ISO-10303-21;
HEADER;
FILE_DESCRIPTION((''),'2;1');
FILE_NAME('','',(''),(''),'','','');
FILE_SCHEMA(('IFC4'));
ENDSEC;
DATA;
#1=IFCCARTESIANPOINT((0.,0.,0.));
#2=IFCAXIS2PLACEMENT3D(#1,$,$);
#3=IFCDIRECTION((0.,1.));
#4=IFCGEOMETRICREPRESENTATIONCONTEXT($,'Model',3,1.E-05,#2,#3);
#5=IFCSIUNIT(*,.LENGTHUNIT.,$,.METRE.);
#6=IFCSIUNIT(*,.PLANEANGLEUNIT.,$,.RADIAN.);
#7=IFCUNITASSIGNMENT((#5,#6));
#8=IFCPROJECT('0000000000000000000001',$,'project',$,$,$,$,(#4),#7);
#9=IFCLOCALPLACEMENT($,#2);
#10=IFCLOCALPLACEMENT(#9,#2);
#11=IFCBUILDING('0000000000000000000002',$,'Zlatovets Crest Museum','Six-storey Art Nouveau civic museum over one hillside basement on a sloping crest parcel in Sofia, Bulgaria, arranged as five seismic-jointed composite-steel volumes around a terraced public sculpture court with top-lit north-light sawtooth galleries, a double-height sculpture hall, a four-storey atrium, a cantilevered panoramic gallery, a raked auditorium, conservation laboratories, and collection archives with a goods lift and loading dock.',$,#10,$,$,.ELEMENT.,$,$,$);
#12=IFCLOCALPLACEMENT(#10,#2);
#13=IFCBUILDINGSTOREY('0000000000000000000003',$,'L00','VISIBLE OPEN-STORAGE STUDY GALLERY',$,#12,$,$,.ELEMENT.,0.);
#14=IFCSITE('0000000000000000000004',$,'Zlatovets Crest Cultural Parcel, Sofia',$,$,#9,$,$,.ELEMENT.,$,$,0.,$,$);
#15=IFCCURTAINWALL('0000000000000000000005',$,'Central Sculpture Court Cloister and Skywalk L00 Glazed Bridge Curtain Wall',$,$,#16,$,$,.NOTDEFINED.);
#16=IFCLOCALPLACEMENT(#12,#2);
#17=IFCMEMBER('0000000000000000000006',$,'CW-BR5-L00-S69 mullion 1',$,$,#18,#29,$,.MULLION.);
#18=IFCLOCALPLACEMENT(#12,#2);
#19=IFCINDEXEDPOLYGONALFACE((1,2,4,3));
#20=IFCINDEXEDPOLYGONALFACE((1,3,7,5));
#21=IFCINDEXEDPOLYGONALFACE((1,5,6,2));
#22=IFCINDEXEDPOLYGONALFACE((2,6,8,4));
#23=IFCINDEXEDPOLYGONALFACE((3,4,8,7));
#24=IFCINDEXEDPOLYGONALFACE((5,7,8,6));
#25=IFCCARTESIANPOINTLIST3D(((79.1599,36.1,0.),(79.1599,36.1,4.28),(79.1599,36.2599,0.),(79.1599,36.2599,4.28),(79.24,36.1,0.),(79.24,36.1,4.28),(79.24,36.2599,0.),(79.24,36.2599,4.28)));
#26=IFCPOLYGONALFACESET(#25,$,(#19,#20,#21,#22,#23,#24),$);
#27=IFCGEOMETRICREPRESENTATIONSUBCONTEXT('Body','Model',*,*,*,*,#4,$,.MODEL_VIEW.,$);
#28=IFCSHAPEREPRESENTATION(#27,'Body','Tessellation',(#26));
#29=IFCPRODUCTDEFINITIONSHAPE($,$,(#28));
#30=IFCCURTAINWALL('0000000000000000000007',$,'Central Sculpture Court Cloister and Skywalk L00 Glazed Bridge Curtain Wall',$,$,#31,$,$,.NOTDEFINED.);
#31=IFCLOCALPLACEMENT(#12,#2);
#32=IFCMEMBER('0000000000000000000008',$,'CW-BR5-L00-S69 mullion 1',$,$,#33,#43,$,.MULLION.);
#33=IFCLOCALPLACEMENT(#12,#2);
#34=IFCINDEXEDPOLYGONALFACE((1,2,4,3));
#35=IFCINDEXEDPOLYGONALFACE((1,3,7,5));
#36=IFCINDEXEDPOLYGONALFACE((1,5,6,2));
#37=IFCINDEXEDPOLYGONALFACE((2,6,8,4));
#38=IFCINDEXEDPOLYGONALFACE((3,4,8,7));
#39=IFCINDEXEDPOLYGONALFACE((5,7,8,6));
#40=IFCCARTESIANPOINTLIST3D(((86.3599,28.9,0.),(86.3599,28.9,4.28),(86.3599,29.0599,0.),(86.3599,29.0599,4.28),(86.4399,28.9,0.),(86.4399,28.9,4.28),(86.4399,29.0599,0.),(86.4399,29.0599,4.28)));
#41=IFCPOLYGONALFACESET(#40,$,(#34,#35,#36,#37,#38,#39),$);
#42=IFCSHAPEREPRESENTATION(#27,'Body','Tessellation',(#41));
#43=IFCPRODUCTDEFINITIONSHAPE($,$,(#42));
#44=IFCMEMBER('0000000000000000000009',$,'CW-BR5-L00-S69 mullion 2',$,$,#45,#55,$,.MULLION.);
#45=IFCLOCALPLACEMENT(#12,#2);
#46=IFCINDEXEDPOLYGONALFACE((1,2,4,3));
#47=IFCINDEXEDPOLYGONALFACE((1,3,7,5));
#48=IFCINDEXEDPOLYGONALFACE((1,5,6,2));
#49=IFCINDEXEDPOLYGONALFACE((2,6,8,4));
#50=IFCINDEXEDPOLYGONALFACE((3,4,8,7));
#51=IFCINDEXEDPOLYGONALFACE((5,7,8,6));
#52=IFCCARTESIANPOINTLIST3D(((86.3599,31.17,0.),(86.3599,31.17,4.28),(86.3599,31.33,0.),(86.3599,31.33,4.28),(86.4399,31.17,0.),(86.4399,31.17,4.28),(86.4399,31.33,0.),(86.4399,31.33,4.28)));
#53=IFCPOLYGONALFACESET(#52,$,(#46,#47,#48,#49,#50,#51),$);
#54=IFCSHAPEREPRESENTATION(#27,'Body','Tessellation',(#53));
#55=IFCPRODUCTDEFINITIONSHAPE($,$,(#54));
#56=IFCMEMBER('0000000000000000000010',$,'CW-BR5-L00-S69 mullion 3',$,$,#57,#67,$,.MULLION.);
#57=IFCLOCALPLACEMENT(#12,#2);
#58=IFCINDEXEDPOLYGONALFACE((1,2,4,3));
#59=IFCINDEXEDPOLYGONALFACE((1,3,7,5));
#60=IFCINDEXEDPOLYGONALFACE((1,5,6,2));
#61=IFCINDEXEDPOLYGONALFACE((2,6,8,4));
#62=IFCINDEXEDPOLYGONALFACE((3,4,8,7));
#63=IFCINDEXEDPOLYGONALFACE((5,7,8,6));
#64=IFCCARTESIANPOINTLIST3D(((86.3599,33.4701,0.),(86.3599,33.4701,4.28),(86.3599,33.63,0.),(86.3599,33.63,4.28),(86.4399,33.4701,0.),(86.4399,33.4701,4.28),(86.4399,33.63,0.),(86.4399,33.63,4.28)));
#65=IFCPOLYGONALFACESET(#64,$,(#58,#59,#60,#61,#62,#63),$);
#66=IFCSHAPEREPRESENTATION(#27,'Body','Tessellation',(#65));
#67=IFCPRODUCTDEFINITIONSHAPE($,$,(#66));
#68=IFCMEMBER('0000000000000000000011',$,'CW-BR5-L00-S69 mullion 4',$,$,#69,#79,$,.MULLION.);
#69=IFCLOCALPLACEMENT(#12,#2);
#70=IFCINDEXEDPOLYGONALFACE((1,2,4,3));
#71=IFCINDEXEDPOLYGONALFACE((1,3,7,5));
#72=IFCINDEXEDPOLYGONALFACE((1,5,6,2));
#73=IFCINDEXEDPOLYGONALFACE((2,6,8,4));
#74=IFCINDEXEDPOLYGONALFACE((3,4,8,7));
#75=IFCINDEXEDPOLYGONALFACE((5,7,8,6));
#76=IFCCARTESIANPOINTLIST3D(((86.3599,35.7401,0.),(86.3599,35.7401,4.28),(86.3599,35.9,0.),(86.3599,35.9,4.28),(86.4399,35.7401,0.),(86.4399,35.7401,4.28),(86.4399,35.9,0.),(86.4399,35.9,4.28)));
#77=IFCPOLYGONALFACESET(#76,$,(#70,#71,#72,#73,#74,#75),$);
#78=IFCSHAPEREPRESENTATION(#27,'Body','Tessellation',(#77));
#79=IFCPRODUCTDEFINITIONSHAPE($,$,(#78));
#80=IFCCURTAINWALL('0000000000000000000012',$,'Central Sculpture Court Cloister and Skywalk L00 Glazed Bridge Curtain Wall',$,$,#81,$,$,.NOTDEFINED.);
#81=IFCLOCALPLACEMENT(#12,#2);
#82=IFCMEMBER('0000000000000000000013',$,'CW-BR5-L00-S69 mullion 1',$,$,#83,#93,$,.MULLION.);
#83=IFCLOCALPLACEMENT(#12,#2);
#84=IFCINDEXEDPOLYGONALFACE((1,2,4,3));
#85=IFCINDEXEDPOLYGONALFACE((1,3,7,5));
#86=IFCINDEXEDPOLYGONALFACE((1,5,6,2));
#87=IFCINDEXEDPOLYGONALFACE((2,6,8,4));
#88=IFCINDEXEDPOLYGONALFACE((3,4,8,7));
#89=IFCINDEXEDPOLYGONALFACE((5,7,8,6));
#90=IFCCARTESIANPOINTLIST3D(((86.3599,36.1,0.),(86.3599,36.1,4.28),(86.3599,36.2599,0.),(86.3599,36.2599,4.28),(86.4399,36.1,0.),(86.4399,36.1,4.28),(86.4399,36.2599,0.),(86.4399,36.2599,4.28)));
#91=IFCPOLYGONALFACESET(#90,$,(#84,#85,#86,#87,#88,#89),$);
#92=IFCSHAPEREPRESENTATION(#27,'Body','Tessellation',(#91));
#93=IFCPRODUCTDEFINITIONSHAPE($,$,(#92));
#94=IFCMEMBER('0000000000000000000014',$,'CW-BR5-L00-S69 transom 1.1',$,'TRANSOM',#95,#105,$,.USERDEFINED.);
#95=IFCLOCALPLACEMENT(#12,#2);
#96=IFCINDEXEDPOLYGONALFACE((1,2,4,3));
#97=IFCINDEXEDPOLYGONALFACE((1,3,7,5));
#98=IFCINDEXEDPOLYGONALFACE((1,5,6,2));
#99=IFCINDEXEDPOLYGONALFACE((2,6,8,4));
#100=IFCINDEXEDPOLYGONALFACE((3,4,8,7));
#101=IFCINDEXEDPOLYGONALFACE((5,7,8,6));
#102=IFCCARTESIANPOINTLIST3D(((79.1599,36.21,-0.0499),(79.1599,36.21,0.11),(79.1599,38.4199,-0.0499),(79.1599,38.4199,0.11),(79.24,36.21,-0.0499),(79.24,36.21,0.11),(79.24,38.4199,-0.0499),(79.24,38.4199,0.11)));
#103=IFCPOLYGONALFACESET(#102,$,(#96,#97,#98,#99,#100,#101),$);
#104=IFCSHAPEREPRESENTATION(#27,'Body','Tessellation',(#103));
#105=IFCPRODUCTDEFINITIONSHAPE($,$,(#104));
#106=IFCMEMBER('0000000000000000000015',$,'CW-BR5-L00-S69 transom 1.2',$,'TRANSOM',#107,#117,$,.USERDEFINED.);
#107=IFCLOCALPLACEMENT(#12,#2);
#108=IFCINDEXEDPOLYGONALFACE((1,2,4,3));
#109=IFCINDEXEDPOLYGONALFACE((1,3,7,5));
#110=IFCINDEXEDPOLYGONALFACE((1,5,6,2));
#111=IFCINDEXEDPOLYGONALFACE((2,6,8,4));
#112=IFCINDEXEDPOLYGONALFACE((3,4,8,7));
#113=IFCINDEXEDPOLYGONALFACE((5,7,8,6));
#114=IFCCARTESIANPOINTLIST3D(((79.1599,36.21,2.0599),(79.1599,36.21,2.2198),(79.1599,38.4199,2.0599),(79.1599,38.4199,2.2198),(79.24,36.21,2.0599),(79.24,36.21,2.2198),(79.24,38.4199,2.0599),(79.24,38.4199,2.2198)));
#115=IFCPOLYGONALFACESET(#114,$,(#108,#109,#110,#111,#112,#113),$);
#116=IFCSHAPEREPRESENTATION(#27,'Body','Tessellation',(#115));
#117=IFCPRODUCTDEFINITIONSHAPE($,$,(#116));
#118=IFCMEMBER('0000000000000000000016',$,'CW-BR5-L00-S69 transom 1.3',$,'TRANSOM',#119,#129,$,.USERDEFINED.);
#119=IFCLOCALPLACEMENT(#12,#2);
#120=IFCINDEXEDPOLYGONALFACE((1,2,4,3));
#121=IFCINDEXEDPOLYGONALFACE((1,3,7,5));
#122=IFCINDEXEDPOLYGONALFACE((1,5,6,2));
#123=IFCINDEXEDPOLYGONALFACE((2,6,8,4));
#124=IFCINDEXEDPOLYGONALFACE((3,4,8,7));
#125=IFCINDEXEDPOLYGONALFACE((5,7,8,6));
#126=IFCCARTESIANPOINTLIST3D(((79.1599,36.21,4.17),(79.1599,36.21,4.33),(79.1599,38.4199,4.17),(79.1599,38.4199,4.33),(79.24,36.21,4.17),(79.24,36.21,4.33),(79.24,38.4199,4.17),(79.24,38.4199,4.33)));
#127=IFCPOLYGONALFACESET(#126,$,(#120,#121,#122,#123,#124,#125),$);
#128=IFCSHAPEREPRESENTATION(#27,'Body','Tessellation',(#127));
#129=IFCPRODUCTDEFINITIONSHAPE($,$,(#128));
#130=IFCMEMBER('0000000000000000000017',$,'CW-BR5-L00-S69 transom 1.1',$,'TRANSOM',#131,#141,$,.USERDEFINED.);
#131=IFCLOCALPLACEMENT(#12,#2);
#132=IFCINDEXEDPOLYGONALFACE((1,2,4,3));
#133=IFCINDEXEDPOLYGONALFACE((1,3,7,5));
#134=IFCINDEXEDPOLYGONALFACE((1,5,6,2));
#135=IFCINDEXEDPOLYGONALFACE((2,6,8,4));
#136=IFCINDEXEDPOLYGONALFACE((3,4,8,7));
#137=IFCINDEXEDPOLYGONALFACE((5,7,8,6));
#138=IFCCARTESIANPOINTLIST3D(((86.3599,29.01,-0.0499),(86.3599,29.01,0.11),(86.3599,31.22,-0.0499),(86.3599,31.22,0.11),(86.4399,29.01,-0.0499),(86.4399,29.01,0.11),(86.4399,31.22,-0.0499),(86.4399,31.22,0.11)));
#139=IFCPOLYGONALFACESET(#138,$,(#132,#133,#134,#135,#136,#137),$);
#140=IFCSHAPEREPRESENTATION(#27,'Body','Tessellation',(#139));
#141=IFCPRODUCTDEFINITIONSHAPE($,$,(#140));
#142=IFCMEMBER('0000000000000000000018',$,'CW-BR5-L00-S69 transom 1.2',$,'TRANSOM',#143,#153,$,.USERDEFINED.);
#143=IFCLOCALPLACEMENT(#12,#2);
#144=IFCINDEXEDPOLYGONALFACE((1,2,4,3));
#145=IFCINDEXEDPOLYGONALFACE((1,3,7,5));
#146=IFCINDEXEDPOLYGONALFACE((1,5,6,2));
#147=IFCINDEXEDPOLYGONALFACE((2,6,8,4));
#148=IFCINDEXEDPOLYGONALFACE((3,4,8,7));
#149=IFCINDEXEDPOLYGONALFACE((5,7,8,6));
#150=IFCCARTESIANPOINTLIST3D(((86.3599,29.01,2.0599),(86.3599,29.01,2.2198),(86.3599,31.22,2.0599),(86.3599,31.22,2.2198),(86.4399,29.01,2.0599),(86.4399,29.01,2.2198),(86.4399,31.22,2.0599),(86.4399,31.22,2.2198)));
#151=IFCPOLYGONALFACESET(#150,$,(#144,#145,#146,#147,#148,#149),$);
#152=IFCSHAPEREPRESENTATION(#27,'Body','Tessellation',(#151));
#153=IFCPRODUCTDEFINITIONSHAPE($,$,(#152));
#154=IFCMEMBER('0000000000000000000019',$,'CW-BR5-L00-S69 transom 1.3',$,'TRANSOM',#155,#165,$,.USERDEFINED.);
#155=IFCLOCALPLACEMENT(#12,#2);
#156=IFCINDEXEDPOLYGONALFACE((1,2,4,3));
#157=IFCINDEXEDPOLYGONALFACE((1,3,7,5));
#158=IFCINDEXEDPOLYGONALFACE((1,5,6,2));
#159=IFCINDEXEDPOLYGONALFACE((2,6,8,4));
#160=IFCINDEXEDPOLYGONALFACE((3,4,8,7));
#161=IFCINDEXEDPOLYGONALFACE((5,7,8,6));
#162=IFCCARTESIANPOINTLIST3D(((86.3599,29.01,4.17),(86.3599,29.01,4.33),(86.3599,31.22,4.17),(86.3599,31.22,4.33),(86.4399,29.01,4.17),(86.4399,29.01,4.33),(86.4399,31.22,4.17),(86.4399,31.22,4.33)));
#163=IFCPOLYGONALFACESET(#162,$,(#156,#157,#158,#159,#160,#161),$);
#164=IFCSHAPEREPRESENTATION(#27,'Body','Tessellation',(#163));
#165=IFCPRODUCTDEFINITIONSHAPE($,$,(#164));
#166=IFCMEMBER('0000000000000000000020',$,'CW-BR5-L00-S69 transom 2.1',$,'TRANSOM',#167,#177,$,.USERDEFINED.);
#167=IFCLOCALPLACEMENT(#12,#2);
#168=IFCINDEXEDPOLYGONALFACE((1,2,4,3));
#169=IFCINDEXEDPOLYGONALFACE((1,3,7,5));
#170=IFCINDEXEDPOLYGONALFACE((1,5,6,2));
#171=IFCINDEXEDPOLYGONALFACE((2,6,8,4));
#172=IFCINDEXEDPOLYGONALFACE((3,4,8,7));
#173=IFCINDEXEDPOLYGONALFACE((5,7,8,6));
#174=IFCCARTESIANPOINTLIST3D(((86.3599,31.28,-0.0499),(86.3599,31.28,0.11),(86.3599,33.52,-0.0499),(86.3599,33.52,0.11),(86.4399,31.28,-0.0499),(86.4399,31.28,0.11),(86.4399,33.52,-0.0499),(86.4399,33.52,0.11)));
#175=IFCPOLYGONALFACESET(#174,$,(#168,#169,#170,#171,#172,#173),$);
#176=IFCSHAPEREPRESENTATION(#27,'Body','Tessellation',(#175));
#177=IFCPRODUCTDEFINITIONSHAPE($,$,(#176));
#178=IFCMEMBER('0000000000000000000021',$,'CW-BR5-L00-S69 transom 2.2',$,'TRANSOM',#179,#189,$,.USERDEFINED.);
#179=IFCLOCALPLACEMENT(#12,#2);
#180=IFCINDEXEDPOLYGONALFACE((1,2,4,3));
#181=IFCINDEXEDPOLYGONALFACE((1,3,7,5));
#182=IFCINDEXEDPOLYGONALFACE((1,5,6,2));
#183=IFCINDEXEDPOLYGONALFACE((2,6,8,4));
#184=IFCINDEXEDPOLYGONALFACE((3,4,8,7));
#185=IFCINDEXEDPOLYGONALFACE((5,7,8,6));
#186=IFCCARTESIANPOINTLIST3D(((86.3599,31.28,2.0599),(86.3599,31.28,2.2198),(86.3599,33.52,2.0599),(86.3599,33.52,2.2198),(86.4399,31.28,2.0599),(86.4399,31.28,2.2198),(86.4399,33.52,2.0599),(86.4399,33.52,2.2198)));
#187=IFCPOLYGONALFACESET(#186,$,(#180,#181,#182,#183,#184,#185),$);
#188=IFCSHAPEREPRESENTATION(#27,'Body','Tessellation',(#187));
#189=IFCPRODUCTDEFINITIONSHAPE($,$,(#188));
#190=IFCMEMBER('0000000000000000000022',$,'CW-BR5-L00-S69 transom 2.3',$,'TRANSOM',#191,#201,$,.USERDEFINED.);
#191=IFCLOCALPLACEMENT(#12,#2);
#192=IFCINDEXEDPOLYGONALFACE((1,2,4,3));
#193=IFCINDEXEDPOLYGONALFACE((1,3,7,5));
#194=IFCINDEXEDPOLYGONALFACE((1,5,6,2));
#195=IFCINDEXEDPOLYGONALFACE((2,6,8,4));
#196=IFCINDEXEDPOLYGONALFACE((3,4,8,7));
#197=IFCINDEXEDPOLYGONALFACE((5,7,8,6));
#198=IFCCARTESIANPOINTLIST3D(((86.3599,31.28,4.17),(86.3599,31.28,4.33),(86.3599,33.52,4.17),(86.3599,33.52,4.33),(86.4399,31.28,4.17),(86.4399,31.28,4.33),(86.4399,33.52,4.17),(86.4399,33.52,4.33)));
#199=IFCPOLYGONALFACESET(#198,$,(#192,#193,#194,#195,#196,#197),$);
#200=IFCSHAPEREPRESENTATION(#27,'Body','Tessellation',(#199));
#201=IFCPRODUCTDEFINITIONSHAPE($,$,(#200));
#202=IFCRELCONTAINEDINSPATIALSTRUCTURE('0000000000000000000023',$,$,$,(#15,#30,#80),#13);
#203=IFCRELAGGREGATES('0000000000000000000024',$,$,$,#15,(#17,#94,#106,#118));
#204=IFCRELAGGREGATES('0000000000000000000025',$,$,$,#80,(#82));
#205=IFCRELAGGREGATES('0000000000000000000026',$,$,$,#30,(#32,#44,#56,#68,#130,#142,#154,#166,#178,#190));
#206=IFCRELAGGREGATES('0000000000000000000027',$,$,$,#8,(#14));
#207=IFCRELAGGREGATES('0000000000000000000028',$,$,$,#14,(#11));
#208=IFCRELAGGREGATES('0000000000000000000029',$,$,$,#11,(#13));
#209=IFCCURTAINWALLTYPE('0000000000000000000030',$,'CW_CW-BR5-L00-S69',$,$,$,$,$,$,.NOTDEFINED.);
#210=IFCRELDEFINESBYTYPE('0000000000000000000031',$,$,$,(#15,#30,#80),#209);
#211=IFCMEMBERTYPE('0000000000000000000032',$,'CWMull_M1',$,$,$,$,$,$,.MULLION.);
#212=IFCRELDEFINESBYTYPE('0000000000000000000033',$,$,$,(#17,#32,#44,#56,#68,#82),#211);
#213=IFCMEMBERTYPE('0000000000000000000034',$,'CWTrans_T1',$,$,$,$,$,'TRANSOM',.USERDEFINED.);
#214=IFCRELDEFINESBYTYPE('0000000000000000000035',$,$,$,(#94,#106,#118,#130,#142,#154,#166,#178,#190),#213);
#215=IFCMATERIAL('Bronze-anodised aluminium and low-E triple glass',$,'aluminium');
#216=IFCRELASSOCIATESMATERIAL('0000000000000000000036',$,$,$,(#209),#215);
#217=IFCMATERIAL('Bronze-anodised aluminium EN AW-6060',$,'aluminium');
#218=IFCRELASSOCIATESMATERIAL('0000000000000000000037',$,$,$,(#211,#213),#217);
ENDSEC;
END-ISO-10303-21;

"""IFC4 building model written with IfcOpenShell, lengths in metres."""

from ifc_helpers import new_model, si_unit, direction, frame, origin, origin_2d, place, context, subcontext, project, spatial, rectangle, extrude, material, material_profile, profile_set, type_object, element, aggregate, save


model = new_model("IFC4")

# Units and contexts
model_context = context("Model", 3, precision=1e-05, world=origin(), true_north=direction((0.0, 1.0)))
body_context = subcontext(model_context, "Body", "Model", "MODEL_VIEW")
ifc_project = project(units=[si_unit("LENGTHUNIT", "METRE"), si_unit("PLANEANGLEUNIT", "RADIAN")], contexts=[model_context])

# Site, building, storey
site_placement = place(None, origin())
site = spatial("IfcSite", under=ifc_project, at=site_placement, Name="Zlatovets Crest Cultural Parcel, Sofia", CompositionType="ELEMENT", RefElevation=0.0)
building_placement = place(site_placement, origin())
building = spatial("IfcBuilding", under=site, at=building_placement, Name="Zlatovets Crest Museum", Description="Six-storey Art Nouveau civic museum over one hillside basement on a sloping crest parcel in Sofia, Bulgaria, arranged as five seismic-jointed composite-steel volumes around a terraced public sculpture court with top-lit north-light sawtooth galleries, a double-height sculpture hall, a four-storey atrium, a cantilevered panoramic gallery, a raked auditorium, conservation laboratories, and collection archives with a goods lift and loading dock.", CompositionType="ELEMENT")
storey_placement = place(building_placement, origin())
storey = spatial("IfcBuildingStorey", under=building, at=storey_placement, Name="L00", Description="VISIBLE OPEN-STORAGE STUDY GALLERY", CompositionType="ELEMENT", Elevation=0.0)

# Curtain wall, member
ifc_material_1 = material(Name="Bronze-anodised aluminium and low-E triple glass", Category="aluminium")
curtain_wall_type = type_object("IfcCurtainWallType", Name="CW_CW-BR5-L00-S69", PredefinedType="NOTDEFINED", material=ifc_material_1)
curtain_wall_1_placement = place(storey_placement, origin())
curtain_wall_1 = element("IfcCurtainWall", 1, at=curtain_wall_1_placement, inside=storey, type_object=curtain_wall_type, Name="Central Sculpture Court Cloister and Skywalk L00 Glazed Bridge Curtain Wall", PredefinedType="NOTDEFINED")
ifc_material_2 = material(Name="Bronze-anodised aluminium EN AW-6060", Category="aluminium")
ifc_material_profile_1 = material_profile(ifc_material_2, rectangle(XDim=0.0801, YDim=0.1599, at=origin_2d()), Name="ALU 80x160")
ifc_profile_set_1 = profile_set([ifc_material_profile_1], Name="Bronze-anodised aluminium EN AW-6060")
member_type_1 = type_object("IfcMemberType", Name="CWMull_M1", PredefinedType="MULLION", material=ifc_profile_set_1)
member_1_placement = place(storey_placement, frame((79.2, 36.1799, 0.0), z_axis=(0.0, 0.0, 1.0), x_axis=(-1.0, 0.0, 0.0)))
member_1 = element("IfcMember", 2, at=member_1_placement, type_object=member_type_1, Name="CW-BR5-L00-S69 mullion 1", PredefinedType="MULLION", context=body_context, shape_type="SweptSolid", body=[
    extrude(rectangle(XDim=0.0801, YDim=0.1599, at=origin_2d()), origin(), (0.0, 0.0, 1.0), 4.28),
])

# Curtain wall, members
curtain_wall_2_placement = place(storey_placement, origin())
curtain_wall_2 = element("IfcCurtainWall", 3, at=curtain_wall_2_placement, inside=storey, type_object=curtain_wall_type, Name="Central Sculpture Court Cloister and Skywalk L00 Glazed Bridge Curtain Wall", PredefinedType="NOTDEFINED")
member_2_placement = place(storey_placement, frame((86.3999, 28.98, 0.0), z_axis=(0.0, 0.0, 1.0), x_axis=(-1.0, 0.0, 0.0)))
member_2 = element("IfcMember", 4, at=member_2_placement, type_object=member_type_1, Name="CW-BR5-L00-S69 mullion 1", PredefinedType="MULLION", context=body_context, shape_type="SweptSolid", body=[
    extrude(rectangle(XDim=0.0801, YDim=0.1599, at=origin_2d()), origin(), (0.0, 0.0, 1.0), 4.28),
])
member_3_placement = place(storey_placement, frame((86.3999, 31.25, 0.0), z_axis=(0.0, 0.0, 1.0), x_axis=(-1.0, 0.0, 0.0)))
member_3 = element("IfcMember", 5, at=member_3_placement, type_object=member_type_1, Name="CW-BR5-L00-S69 mullion 2", PredefinedType="MULLION", context=body_context, shape_type="SweptSolid", body=[
    extrude(rectangle(XDim=0.0801, YDim=0.1599, at=origin_2d()), origin(), (0.0, 0.0, 1.0), 4.28),
])
member_4_placement = place(storey_placement, frame((86.3999, 33.55, 0.0), z_axis=(0.0, 0.0, 1.0), x_axis=(-1.0, 0.0, 0.0)))
member_4 = element("IfcMember", 6, at=member_4_placement, type_object=member_type_1, Name="CW-BR5-L00-S69 mullion 3", PredefinedType="MULLION", context=body_context, shape_type="SweptSolid", body=[
    extrude(rectangle(XDim=0.0801, YDim=0.1599, at=origin_2d()), origin(), (0.0, 0.0, 1.0), 4.28),
])
member_5_placement = place(storey_placement, frame((86.3999, 35.8201, 0.0), z_axis=(0.0, 0.0, 1.0), x_axis=(-1.0, 0.0, 0.0)))
member_5 = element("IfcMember", 7, at=member_5_placement, type_object=member_type_1, Name="CW-BR5-L00-S69 mullion 4", PredefinedType="MULLION", context=body_context, shape_type="SweptSolid", body=[
    extrude(rectangle(XDim=0.0801, YDim=0.1599, at=origin_2d()), origin(), (0.0, 0.0, 1.0), 4.28),
])

# Curtain wall, member
curtain_wall_3_placement = place(storey_placement, origin())
curtain_wall_3 = element("IfcCurtainWall", 8, at=curtain_wall_3_placement, inside=storey, type_object=curtain_wall_type, Name="Central Sculpture Court Cloister and Skywalk L00 Glazed Bridge Curtain Wall", PredefinedType="NOTDEFINED")
member_6_placement = place(storey_placement, frame((86.3999, 36.1799, 0.0), z_axis=(0.0, 0.0, 1.0), x_axis=(-1.0, 0.0, 0.0)))
member_6 = element("IfcMember", 9, at=member_6_placement, type_object=member_type_1, Name="CW-BR5-L00-S69 mullion 1", PredefinedType="MULLION", context=body_context, shape_type="SweptSolid", body=[
    extrude(rectangle(XDim=0.0801, YDim=0.1599, at=origin_2d()), origin(), (0.0, 0.0, 1.0), 4.28),
])

# Members
ifc_material_profile_2 = material_profile(ifc_material_2, rectangle(XDim=0.0801, YDim=0.1599, at=origin_2d()), Name="ALU 80x160")
ifc_profile_set_2 = profile_set([ifc_material_profile_2], Name="Bronze-anodised aluminium EN AW-6060")
member_type_2 = type_object("IfcMemberType", Name="CWTrans_T1", ElementType="TRANSOM", PredefinedType="USERDEFINED", material=ifc_profile_set_2)
member_7_placement = place(storey_placement, frame((79.2, 36.21, 0.03), z_axis=(0.0, 1.0, 0.0), x_axis=(-1.0, 0.0, 0.0)))
member_7 = element("IfcMember", 10, at=member_7_placement, type_object=member_type_2, Name="CW-BR5-L00-S69 transom 1.1", ObjectType="TRANSOM", PredefinedType="USERDEFINED", context=body_context, shape_type="SweptSolid", body=[
    extrude(rectangle(XDim=0.0801, YDim=0.1599, at=origin_2d()), origin(), (0.0, 0.0, 1.0), 2.21),
])
member_8_placement = place(storey_placement, frame((79.2, 36.21, 2.1399), z_axis=(0.0, 1.0, 0.0), x_axis=(-1.0, 0.0, 0.0)))
member_8 = element("IfcMember", 11, at=member_8_placement, type_object=member_type_2, Name="CW-BR5-L00-S69 transom 1.2", ObjectType="TRANSOM", PredefinedType="USERDEFINED", context=body_context, shape_type="SweptSolid", body=[
    extrude(rectangle(XDim=0.0801, YDim=0.1599, at=origin_2d()), origin(), (0.0, 0.0, 1.0), 2.21),
])
member_9_placement = place(storey_placement, frame((79.2, 36.21, 4.25), z_axis=(0.0, 1.0, 0.0), x_axis=(-1.0, 0.0, 0.0)))
member_9 = element("IfcMember", 12, at=member_9_placement, type_object=member_type_2, Name="CW-BR5-L00-S69 transom 1.3", ObjectType="TRANSOM", PredefinedType="USERDEFINED", context=body_context, shape_type="SweptSolid", body=[
    extrude(rectangle(XDim=0.0801, YDim=0.1599, at=origin_2d()), origin(), (0.0, 0.0, 1.0), 2.21),
])
aggregate(curtain_wall_1, [member_1, member_7, member_8, member_9])
member_10_placement = place(storey_placement, frame((86.3999, 29.01, 0.03), z_axis=(0.0, 1.0, 0.0), x_axis=(-1.0, 0.0, 0.0)))
member_10 = element("IfcMember", 13, at=member_10_placement, type_object=member_type_2, Name="CW-BR5-L00-S69 transom 1.1", ObjectType="TRANSOM", PredefinedType="USERDEFINED", context=body_context, shape_type="SweptSolid", body=[
    extrude(rectangle(XDim=0.0801, YDim=0.1599, at=origin_2d()), origin(), (0.0, 0.0, 1.0), 2.21),
])
member_11_placement = place(storey_placement, frame((86.3999, 29.01, 2.1399), z_axis=(0.0, 1.0, 0.0), x_axis=(-1.0, 0.0, 0.0)))
member_11 = element("IfcMember", 14, at=member_11_placement, type_object=member_type_2, Name="CW-BR5-L00-S69 transom 1.2", ObjectType="TRANSOM", PredefinedType="USERDEFINED", context=body_context, shape_type="SweptSolid", body=[
    extrude(rectangle(XDim=0.0801, YDim=0.1599, at=origin_2d()), origin(), (0.0, 0.0, 1.0), 2.21),
])
member_12_placement = place(storey_placement, frame((86.3999, 29.01, 4.25), z_axis=(0.0, 1.0, 0.0), x_axis=(-1.0, 0.0, 0.0)))
member_12 = element("IfcMember", 15, at=member_12_placement, type_object=member_type_2, Name="CW-BR5-L00-S69 transom 1.3", ObjectType="TRANSOM", PredefinedType="USERDEFINED", context=body_context, shape_type="SweptSolid", body=[
    extrude(rectangle(XDim=0.0801, YDim=0.1599, at=origin_2d()), origin(), (0.0, 0.0, 1.0), 2.21),
])
member_13_placement = place(storey_placement, frame((86.3999, 31.28, 0.03), z_axis=(0.0, 1.0, 0.0), x_axis=(-1.0, 0.0, 0.0)))
member_13 = element("IfcMember", 16, at=member_13_placement, type_object=member_type_2, Name="CW-BR5-L00-S69 transom 2.1", ObjectType="TRANSOM", PredefinedType="USERDEFINED", context=body_context, shape_type="SweptSolid", body=[
    extrude(rectangle(XDim=0.0801, YDim=0.1599, at=origin_2d()), origin(), (0.0, 0.0, 1.0), 2.24),
])
member_14_placement = place(storey_placement, frame((86.3999, 31.28, 2.1399), z_axis=(0.0, 1.0, 0.0), x_axis=(-1.0, 0.0, 0.0)))
member_14 = element("IfcMember", 17, at=member_14_placement, type_object=member_type_2, Name="CW-BR5-L00-S69 transom 2.2", ObjectType="TRANSOM", PredefinedType="USERDEFINED", context=body_context, shape_type="SweptSolid", body=[
    extrude(rectangle(XDim=0.0801, YDim=0.1599, at=origin_2d()), origin(), (0.0, 0.0, 1.0), 2.24),
])
member_15_placement = place(storey_placement, frame((86.3999, 31.28, 4.25), z_axis=(0.0, 1.0, 0.0), x_axis=(-1.0, 0.0, 0.0)))
member_15 = element("IfcMember", 18, at=member_15_placement, type_object=member_type_2, Name="CW-BR5-L00-S69 transom 2.3", ObjectType="TRANSOM", PredefinedType="USERDEFINED", context=body_context, shape_type="SweptSolid", body=[
    extrude(rectangle(XDim=0.0801, YDim=0.1599, at=origin_2d()), origin(), (0.0, 0.0, 1.0), 2.24),
])
aggregate(curtain_wall_3, [member_6])

aggregate(curtain_wall_2, [member_2, member_3, member_4, member_5, member_10, member_11, member_12, member_13, member_14, member_15])

save(model, "model.ifc")
